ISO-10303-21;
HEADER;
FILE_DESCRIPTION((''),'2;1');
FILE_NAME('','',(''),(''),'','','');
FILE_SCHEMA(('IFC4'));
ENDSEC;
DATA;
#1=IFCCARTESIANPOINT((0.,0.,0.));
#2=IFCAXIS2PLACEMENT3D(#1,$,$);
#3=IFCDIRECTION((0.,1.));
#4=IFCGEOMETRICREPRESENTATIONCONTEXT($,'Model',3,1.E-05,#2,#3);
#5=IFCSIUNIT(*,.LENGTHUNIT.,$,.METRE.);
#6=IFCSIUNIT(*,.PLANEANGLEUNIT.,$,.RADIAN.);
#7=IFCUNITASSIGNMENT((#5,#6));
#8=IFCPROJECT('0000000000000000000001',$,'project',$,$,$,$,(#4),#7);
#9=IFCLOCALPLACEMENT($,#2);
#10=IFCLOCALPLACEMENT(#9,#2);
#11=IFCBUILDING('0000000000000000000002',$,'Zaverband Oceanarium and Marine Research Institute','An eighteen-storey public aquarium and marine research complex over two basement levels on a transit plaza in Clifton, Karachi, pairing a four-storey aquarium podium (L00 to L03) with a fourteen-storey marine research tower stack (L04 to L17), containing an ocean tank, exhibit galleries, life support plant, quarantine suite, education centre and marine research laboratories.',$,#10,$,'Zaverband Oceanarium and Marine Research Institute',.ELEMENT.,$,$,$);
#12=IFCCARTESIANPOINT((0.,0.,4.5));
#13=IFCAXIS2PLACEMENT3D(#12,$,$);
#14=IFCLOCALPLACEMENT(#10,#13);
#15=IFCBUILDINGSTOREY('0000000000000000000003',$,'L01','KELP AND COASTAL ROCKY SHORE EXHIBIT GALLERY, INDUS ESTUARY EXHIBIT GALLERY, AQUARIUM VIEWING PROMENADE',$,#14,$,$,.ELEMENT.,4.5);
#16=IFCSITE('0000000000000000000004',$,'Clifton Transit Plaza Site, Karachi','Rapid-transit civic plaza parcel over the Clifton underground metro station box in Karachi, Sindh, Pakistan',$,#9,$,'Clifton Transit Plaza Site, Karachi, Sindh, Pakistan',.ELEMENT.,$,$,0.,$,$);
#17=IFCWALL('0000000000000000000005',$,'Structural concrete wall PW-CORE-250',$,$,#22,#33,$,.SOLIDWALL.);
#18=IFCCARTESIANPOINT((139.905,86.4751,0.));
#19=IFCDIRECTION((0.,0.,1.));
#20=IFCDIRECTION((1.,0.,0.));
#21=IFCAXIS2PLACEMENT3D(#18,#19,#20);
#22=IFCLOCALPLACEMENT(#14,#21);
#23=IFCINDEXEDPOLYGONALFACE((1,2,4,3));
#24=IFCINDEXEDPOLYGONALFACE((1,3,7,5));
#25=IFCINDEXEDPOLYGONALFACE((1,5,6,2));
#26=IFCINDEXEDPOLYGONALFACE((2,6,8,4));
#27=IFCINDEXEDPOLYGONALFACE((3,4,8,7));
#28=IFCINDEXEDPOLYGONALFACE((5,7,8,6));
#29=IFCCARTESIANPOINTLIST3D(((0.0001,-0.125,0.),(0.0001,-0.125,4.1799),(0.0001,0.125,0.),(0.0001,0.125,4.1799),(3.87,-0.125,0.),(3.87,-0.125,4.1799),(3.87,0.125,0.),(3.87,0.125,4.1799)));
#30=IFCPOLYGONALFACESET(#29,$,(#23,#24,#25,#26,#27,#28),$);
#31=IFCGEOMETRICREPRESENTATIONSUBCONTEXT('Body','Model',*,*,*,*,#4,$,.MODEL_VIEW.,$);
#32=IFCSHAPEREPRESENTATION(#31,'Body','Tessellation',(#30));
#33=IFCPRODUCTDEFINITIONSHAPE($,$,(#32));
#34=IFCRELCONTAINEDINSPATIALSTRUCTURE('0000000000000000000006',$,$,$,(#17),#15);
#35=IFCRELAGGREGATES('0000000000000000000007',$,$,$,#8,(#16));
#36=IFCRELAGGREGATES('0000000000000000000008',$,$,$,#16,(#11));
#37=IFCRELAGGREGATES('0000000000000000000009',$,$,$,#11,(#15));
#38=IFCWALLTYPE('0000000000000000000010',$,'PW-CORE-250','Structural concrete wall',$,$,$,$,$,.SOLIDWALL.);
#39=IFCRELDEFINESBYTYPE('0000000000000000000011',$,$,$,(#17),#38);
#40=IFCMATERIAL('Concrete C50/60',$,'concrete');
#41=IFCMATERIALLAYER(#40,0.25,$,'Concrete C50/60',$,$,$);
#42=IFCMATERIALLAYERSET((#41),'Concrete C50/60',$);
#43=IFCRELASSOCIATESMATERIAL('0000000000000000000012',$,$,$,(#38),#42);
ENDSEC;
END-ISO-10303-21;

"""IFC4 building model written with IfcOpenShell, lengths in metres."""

from ifc_helpers import new_model, si_unit, direction, frame, frame_2d, origin, place, context, subcontext, project, spatial, rectangle, extrude, material, layer, layer_set, type_object, element, save


model = new_model("IFC4")

# Units and contexts
model_context = context("Model", 3, precision=1e-05, world=origin(), true_north=direction((0.0, 1.0)))
body_context = subcontext(model_context, "Body", "Model", "MODEL_VIEW")
ifc_project = project(units=[si_unit("LENGTHUNIT", "METRE"), si_unit("PLANEANGLEUNIT", "RADIAN")], contexts=[model_context])

# Site, building, storey
site_placement = place(None, origin())
site = spatial("IfcSite", under=ifc_project, at=site_placement, Name="Clifton Transit Plaza Site, Karachi", Description="Rapid-transit civic plaza parcel over the Clifton underground metro station box in Karachi, Sindh, Pakistan", LongName="Clifton Transit Plaza Site, Karachi, Sindh, Pakistan", CompositionType="ELEMENT", RefElevation=0.0)
building_placement = place(site_placement, origin())
building = spatial("IfcBuilding", under=site, at=building_placement, Name="Zaverband Oceanarium and Marine Research Institute", Description="An eighteen-storey public aquarium and marine research complex over two basement levels on a transit plaza in Clifton, Karachi, pairing a four-storey aquarium podium (L00 to L03) with a fourteen-storey marine research tower stack (L04 to L17), containing an ocean tank, exhibit galleries, life support plant, quarantine suite, education centre and marine research laboratories.", LongName="Zaverband Oceanarium and Marine Research Institute", CompositionType="ELEMENT")
storey_placement = place(building_placement, frame((0.0, 0.0, 4.5)))
storey = spatial("IfcBuildingStorey", under=building, at=storey_placement, Name="L01", Description="KELP AND COASTAL ROCKY SHORE EXHIBIT GALLERY, INDUS ESTUARY EXHIBIT GALLERY, AQUARIUM VIEWING PROMENADE", CompositionType="ELEMENT", Elevation=4.5)

# Shared definitions
ifc_material_1 = material(Name="Concrete C50/60", Category="concrete")

# Shared definitions
ifc_layer_1 = layer(ifc_material_1, 0.25, Name="Concrete C50/60")
ifc_layer_set_1 = layer_set([ifc_layer_1], Name="Concrete C50/60")
wall_type_1 = type_object("IfcWallType", Name="PW-CORE-250", Description="Structural concrete wall", PredefinedType="SOLIDWALL", material=ifc_layer_set_1)

# Wall
wall_1_placement = place(storey_placement, frame((139.905, 86.4751, 0.0), z_axis=(0.0, 0.0, 1.0), x_axis=(1.0, 0.0, 0.0)))
element("IfcWall", 1, at=wall_1_placement, inside=storey, type_object=wall_type_1, Name="Structural concrete wall PW-CORE-250", PredefinedType="SOLIDWALL", context=body_context, shape_type="SweptSolid", body=[
    extrude(rectangle(XDim=3.8699, YDim=0.25, at=frame_2d((1.9351, 0.0))), origin(), (0.0, 0.0, 1.0), 4.1799),
])

save(model, "model.ifc")
